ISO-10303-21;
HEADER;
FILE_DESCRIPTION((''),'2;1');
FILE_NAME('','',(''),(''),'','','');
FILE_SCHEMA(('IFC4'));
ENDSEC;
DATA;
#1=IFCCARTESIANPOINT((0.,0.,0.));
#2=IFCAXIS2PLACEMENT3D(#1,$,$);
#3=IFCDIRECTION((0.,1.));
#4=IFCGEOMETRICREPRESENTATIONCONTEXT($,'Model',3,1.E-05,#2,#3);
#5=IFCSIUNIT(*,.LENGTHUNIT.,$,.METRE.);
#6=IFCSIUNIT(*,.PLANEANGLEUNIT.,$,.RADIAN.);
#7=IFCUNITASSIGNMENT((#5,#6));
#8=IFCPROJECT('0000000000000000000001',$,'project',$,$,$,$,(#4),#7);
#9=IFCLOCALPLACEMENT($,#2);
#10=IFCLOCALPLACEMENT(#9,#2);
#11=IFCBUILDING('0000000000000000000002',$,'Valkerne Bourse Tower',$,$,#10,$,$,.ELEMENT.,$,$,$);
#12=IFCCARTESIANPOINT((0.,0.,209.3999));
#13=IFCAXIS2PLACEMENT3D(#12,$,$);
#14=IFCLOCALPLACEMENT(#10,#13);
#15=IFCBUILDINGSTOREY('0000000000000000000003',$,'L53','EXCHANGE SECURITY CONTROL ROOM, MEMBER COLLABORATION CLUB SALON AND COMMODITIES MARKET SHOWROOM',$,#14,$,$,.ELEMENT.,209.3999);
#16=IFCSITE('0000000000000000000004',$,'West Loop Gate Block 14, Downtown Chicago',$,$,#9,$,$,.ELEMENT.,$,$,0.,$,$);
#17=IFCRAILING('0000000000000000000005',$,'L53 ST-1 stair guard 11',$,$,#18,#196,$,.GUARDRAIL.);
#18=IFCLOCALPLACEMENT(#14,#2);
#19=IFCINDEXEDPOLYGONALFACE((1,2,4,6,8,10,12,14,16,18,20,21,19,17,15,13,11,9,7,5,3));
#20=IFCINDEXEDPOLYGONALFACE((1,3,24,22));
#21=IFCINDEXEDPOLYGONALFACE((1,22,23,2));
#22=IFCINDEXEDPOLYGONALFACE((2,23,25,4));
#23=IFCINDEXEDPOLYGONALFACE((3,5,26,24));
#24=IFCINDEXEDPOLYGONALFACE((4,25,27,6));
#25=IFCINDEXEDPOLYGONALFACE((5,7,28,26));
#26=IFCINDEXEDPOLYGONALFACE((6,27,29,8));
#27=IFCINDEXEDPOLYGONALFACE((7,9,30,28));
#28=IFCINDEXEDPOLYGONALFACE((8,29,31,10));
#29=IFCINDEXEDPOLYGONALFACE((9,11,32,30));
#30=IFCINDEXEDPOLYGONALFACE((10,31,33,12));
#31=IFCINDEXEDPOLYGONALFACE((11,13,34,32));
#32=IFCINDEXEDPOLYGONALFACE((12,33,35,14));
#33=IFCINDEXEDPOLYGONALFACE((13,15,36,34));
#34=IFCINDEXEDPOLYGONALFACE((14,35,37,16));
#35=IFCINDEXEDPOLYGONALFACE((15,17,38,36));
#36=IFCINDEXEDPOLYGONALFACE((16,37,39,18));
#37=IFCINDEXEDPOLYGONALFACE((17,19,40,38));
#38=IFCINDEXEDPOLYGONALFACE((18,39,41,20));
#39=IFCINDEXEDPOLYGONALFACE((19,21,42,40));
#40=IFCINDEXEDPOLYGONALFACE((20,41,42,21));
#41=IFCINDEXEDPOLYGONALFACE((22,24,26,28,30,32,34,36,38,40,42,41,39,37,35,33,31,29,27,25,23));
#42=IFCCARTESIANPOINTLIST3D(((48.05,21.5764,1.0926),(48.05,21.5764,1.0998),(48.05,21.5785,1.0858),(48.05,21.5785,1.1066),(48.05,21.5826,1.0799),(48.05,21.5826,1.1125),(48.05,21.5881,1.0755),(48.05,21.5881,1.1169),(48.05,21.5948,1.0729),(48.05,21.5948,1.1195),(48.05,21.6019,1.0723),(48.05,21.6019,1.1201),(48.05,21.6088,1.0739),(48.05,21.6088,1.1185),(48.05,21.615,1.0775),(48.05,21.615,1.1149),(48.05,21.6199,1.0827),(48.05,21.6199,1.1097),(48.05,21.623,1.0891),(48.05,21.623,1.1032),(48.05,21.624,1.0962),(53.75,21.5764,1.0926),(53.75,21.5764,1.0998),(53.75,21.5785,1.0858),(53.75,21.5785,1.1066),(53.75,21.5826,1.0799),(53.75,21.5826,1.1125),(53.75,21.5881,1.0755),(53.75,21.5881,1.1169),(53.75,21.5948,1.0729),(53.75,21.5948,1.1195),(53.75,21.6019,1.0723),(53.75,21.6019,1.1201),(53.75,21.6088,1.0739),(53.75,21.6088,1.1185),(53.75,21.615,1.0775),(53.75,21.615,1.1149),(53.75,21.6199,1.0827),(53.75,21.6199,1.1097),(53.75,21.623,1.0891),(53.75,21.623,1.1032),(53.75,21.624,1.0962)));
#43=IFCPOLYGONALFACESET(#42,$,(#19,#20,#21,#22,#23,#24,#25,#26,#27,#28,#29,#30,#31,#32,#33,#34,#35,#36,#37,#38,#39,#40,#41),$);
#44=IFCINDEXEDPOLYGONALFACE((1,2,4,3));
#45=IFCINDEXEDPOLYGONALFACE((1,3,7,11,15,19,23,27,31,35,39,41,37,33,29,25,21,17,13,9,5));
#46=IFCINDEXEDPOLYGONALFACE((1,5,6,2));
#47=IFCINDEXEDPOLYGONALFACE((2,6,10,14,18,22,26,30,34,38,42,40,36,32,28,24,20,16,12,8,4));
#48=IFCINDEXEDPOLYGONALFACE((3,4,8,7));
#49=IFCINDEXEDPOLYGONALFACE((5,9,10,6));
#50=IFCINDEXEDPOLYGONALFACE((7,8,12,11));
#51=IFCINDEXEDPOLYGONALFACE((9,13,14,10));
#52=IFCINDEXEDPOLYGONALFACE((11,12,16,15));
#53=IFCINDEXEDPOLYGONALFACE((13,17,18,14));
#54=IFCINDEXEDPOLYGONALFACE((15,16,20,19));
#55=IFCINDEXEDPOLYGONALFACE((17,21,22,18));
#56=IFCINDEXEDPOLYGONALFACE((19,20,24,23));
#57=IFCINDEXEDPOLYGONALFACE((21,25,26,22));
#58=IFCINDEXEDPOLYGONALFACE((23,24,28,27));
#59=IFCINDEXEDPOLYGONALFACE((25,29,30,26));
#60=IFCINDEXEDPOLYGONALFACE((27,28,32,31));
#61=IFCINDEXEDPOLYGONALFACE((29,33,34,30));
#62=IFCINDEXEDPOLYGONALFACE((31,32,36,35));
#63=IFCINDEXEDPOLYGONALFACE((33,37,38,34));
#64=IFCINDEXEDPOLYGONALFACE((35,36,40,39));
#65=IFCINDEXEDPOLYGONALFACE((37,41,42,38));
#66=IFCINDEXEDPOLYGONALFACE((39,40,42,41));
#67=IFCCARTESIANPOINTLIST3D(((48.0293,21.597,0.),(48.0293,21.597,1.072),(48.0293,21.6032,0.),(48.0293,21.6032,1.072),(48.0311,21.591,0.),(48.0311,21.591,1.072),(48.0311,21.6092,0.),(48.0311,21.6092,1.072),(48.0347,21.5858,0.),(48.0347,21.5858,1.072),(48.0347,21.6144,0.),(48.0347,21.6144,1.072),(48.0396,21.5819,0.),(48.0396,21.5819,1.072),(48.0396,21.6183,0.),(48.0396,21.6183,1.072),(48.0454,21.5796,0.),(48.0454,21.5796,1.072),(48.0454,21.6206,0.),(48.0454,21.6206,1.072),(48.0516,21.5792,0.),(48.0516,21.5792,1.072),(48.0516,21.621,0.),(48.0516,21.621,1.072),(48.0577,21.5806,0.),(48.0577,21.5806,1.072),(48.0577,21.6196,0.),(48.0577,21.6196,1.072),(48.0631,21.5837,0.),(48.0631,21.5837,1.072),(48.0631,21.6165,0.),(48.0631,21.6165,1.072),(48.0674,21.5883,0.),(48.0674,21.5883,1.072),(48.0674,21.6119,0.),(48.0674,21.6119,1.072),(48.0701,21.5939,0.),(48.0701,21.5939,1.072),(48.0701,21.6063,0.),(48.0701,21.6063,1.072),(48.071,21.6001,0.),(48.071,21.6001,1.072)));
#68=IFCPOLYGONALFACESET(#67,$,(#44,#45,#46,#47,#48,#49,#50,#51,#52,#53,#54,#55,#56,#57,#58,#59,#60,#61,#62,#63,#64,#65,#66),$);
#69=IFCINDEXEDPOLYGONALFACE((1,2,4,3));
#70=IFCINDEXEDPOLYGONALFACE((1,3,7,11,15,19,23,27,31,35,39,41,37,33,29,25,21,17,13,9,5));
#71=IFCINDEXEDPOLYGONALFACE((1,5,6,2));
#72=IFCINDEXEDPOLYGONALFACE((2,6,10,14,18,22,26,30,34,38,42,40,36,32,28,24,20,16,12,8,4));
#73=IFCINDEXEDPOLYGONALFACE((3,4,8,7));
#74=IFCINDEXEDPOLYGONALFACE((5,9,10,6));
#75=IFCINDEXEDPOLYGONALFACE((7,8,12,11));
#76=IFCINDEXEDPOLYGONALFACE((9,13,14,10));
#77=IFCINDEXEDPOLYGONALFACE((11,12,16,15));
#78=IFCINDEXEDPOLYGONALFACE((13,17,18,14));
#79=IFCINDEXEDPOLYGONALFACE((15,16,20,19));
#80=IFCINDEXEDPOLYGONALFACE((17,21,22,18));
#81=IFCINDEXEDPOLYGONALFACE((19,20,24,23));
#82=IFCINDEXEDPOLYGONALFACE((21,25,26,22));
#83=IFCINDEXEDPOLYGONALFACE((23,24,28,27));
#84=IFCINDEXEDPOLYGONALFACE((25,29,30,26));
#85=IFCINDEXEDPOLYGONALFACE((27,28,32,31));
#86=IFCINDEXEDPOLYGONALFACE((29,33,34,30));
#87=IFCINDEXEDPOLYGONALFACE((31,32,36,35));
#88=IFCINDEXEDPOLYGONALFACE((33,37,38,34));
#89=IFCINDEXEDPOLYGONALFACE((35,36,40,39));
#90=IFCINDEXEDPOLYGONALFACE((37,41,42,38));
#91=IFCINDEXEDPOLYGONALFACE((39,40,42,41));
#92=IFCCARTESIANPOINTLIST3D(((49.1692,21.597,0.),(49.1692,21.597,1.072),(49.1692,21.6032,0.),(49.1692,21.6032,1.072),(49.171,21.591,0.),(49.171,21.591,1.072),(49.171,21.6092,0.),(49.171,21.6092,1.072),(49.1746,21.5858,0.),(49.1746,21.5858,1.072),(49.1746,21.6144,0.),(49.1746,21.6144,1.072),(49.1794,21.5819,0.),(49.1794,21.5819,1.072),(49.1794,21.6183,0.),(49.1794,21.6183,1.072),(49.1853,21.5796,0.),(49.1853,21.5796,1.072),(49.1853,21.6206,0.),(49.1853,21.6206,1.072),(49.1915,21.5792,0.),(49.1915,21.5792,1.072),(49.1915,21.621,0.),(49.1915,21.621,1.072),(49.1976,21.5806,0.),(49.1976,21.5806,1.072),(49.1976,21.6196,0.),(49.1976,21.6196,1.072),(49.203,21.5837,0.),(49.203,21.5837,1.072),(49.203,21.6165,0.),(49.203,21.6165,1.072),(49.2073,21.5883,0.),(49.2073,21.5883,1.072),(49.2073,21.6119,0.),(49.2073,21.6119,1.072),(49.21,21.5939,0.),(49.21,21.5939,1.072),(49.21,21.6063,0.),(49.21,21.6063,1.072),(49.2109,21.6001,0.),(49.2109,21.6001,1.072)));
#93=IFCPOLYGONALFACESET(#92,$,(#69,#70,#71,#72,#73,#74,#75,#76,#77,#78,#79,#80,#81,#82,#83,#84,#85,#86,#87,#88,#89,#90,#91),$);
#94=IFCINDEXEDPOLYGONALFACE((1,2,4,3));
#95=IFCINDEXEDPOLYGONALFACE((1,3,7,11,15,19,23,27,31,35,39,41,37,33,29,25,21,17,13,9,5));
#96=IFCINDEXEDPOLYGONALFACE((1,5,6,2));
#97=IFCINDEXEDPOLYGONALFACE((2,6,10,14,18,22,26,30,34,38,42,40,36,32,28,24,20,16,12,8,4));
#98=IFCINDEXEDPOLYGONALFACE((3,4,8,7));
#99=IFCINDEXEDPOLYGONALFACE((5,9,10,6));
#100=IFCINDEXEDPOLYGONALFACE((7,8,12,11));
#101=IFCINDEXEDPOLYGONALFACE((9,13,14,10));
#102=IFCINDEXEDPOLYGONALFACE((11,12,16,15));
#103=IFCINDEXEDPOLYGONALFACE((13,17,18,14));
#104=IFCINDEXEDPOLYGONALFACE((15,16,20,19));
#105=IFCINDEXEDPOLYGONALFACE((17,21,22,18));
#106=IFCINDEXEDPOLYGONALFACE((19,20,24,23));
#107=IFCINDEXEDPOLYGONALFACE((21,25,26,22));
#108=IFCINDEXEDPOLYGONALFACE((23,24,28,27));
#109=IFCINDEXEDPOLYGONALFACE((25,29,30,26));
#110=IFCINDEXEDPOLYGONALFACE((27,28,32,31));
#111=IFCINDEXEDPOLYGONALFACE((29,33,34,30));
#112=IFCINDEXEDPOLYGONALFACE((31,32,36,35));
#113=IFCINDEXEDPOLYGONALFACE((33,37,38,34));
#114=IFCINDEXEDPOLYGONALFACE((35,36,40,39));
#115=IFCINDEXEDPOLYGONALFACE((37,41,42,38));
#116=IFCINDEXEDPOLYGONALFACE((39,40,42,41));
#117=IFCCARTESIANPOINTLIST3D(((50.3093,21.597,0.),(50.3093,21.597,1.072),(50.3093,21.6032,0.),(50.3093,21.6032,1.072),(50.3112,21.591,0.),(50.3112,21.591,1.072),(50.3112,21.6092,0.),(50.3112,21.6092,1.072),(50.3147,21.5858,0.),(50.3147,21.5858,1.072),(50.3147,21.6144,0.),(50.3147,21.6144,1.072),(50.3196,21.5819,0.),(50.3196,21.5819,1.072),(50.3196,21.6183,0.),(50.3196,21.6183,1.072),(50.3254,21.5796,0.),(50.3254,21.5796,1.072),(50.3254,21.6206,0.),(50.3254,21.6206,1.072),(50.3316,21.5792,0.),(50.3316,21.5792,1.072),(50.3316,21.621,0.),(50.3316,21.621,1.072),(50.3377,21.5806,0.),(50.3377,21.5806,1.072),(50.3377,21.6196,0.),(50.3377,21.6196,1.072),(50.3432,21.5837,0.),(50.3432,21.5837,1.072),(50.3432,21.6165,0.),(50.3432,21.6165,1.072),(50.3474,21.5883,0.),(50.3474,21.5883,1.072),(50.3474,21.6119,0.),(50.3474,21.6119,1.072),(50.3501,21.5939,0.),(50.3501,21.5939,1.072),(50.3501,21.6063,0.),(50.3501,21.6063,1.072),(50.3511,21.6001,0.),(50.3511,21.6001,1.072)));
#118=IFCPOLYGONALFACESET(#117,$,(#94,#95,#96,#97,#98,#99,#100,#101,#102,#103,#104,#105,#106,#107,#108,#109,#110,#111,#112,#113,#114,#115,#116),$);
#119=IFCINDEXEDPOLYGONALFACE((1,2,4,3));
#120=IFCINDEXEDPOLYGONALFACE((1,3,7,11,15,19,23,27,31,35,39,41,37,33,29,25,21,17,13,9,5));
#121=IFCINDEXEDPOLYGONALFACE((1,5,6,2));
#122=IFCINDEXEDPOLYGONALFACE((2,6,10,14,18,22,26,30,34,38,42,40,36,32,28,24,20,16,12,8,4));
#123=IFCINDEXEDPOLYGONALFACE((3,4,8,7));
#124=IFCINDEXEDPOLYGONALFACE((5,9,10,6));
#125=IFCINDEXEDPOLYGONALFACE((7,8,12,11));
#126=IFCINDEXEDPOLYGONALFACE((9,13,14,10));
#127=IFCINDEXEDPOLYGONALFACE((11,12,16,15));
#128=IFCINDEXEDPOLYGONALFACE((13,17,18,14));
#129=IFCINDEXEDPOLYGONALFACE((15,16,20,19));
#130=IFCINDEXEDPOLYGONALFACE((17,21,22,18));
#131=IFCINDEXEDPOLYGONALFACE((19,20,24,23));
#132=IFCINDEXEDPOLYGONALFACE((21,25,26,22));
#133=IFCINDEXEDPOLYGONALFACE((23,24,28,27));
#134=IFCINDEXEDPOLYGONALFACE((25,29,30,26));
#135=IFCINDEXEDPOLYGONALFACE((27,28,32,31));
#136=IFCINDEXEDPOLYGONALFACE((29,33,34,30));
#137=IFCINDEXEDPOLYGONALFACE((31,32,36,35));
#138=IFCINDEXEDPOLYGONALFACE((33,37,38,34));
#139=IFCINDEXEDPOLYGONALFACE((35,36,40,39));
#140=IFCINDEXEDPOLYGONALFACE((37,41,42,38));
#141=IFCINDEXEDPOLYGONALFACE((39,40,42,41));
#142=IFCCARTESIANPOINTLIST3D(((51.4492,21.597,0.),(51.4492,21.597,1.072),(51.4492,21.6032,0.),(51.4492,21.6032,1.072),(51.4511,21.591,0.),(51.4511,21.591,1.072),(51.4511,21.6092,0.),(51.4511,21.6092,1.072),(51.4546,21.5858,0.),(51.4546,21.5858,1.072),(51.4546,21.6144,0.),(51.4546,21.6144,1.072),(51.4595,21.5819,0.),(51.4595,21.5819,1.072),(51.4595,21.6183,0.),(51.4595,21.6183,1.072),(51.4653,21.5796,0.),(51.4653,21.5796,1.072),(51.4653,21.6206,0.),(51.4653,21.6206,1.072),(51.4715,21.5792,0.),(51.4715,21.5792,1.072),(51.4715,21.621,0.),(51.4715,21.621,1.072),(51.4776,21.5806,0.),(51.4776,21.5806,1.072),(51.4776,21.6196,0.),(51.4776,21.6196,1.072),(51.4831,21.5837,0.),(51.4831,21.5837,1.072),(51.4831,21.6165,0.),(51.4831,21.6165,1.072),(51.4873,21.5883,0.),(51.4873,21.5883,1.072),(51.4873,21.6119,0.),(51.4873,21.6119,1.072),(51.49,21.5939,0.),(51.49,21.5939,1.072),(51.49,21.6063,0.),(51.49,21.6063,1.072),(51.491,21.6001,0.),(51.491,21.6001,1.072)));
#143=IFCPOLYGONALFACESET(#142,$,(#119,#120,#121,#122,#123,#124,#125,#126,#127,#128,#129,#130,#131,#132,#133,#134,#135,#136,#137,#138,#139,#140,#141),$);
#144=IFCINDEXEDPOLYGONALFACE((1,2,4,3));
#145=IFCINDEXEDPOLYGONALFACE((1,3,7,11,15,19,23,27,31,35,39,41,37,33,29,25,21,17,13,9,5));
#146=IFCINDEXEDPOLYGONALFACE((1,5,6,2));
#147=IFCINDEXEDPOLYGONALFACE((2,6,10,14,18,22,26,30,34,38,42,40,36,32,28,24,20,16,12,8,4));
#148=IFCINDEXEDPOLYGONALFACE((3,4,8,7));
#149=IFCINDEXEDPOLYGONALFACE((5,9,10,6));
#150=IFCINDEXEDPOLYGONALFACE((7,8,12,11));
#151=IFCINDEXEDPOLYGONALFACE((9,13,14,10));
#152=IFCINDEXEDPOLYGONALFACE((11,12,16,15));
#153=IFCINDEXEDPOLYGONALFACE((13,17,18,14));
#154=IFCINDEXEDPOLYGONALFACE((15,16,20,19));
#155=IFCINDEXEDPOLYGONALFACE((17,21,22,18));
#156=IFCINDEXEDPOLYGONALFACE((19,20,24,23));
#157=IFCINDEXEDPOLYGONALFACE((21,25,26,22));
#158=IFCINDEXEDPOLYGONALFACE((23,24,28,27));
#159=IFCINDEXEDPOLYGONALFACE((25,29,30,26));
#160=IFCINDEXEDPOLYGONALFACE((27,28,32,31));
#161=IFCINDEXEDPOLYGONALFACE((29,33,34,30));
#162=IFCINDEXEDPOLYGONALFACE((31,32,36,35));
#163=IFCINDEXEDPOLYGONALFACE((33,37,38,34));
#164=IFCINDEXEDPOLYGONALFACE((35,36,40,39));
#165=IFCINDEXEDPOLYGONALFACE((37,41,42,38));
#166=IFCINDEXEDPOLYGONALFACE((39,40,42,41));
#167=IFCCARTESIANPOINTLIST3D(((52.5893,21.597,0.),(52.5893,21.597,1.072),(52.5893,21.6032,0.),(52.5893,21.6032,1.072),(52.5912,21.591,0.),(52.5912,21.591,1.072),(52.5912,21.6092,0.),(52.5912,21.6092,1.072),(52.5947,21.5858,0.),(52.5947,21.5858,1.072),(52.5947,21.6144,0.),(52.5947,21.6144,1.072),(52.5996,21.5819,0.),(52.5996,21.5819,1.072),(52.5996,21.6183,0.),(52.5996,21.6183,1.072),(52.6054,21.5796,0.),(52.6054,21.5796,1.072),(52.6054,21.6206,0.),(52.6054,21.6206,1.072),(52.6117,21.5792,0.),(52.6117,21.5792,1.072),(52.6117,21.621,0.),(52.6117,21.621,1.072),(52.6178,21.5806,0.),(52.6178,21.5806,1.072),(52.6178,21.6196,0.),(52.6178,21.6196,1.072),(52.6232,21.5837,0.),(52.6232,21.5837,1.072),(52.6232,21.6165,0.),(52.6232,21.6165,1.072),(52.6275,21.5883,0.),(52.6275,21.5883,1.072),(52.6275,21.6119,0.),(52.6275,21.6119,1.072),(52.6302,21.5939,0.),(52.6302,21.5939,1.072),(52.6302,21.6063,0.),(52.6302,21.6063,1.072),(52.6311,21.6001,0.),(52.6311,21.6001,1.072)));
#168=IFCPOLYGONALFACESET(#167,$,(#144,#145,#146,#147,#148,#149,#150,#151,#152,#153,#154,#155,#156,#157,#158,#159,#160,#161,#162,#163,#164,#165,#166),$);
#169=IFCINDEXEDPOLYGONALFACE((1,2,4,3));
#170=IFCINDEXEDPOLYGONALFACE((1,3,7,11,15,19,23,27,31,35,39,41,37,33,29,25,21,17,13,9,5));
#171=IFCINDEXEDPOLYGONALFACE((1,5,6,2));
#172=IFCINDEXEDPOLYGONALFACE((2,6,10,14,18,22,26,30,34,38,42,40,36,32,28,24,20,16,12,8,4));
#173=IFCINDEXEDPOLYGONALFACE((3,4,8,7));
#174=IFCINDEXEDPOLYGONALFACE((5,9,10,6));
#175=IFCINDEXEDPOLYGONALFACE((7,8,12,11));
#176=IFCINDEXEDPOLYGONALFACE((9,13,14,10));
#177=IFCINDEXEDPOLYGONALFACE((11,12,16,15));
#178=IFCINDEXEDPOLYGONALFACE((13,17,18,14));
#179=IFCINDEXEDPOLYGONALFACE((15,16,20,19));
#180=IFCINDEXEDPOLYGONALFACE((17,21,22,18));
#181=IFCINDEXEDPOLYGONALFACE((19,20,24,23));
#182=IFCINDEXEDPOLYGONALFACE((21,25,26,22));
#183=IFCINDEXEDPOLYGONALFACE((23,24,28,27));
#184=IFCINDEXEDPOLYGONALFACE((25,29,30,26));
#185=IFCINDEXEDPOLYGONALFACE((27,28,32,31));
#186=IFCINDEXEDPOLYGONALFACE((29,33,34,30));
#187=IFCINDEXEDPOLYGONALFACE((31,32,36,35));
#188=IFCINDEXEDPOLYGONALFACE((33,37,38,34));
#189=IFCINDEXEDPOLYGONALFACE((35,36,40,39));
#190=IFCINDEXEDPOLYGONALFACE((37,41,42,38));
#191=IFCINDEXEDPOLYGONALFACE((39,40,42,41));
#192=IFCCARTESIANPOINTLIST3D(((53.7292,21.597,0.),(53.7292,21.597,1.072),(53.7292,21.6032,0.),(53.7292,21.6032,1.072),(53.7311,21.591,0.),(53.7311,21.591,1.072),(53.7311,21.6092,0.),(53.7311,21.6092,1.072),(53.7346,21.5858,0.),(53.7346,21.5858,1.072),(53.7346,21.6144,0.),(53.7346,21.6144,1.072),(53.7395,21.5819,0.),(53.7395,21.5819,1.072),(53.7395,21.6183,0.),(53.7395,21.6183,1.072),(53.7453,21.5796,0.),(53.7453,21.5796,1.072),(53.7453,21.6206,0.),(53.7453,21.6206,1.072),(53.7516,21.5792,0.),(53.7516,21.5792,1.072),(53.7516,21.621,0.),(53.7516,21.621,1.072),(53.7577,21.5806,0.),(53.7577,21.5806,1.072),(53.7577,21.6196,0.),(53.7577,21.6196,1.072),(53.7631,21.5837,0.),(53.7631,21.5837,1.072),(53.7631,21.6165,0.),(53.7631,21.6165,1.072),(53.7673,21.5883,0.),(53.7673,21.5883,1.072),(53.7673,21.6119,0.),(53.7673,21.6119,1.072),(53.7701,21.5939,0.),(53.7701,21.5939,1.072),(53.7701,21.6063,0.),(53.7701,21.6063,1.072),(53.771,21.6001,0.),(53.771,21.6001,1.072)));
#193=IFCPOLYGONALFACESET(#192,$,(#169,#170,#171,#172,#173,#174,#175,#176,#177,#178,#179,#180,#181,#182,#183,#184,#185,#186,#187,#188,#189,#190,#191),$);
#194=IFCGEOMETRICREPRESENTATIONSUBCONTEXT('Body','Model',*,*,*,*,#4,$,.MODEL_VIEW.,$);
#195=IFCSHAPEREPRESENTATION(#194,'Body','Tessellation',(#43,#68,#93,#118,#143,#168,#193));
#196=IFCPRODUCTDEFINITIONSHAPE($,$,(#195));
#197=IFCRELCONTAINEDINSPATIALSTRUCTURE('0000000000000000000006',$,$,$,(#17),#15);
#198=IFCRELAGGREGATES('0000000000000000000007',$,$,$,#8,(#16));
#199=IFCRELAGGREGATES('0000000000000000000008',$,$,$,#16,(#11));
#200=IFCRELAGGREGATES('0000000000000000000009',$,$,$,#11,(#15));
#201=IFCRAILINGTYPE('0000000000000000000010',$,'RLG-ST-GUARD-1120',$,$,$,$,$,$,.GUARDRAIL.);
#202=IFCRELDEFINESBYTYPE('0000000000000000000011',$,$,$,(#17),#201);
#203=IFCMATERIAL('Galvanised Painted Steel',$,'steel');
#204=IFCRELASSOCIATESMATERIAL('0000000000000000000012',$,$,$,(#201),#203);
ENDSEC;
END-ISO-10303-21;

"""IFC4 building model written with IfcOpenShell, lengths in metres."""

from ifc_helpers import new_model, si_unit, direction, frame, origin, origin_2d, place, context, subcontext, project, spatial, circle, extrude, material, type_object, element, save


model = new_model("IFC4")

# Units and contexts
model_context = context("Model", 3, precision=1e-05, world=origin(), true_north=direction((0.0, 1.0)))
body_context = subcontext(model_context, "Body", "Model", "MODEL_VIEW")
ifc_project = project(units=[si_unit("LENGTHUNIT", "METRE"), si_unit("PLANEANGLEUNIT", "RADIAN")], contexts=[model_context])

# Site, building, storey
site_placement = place(None, origin())
site = spatial("IfcSite", under=ifc_project, at=site_placement, Name="West Loop Gate Block 14, Downtown Chicago", CompositionType="ELEMENT", RefElevation=0.0)
building_placement = place(site_placement, origin())
building = spatial("IfcBuilding", under=site, at=building_placement, Name="Valkerne Bourse Tower", CompositionType="ELEMENT")
storey_placement = place(building_placement, frame((0.0, 0.0, 209.3999)))
storey = spatial("IfcBuildingStorey", under=building, at=storey_placement, Name="L53", Description="EXCHANGE SECURITY CONTROL ROOM, MEMBER COLLABORATION CLUB SALON AND COMMODITIES MARKET SHOWROOM", CompositionType="ELEMENT", Elevation=209.3999)

# Shared definitions
ifc_material_1 = material(Name="Galvanised Painted Steel", Category="steel")

# Railing
railing_type_1 = type_object("IfcRailingType", Name="RLG-ST-GUARD-1120", PredefinedType="GUARDRAIL", material=ifc_material_1)
railing_1_placement = place(storey_placement, frame((48.05, 21.6001, 0.0)))
element("IfcRailing", 1, at=railing_1_placement, inside=storey, type_object=railing_type_1, Name="L53 ST-1 stair guard 11", PredefinedType="GUARDRAIL", context=body_context, shape_type="SweptSolid", body=[
    extrude(circle(Radius=0.0239, at=origin_2d()), frame((0.0, 0.0, 1.0962), z_axis=(1.0, 0.0, 0.0), x_axis=(0.0, 1.0, 0.0)), (0.0, 0.0, 1.0), 5.7),
    extrude(circle(Radius=0.021, at=origin_2d()), origin(), (0.0, 0.0, 1.0), 1.072),
    extrude(circle(Radius=0.021, at=origin_2d()), frame((1.1399, 0.0, 0.0)), (0.0, 0.0, 1.0), 1.072),
    extrude(circle(Radius=0.021, at=origin_2d()), frame((2.28, 0.0, 0.0)), (0.0, 0.0, 1.0), 1.072),
    extrude(circle(Radius=0.021, at=origin_2d()), frame((3.4199, 0.0, 0.0)), (0.0, 0.0, 1.0), 1.072),
    extrude(circle(Radius=0.021, at=origin_2d()), frame((4.5601, 0.0, 0.0)), (0.0, 0.0, 1.0), 1.072),
    extrude(circle(Radius=0.021, at=origin_2d()), frame((5.7, 0.0, 0.0)), (0.0, 0.0, 1.0), 1.072),
])

save(model, "model.ifc")
